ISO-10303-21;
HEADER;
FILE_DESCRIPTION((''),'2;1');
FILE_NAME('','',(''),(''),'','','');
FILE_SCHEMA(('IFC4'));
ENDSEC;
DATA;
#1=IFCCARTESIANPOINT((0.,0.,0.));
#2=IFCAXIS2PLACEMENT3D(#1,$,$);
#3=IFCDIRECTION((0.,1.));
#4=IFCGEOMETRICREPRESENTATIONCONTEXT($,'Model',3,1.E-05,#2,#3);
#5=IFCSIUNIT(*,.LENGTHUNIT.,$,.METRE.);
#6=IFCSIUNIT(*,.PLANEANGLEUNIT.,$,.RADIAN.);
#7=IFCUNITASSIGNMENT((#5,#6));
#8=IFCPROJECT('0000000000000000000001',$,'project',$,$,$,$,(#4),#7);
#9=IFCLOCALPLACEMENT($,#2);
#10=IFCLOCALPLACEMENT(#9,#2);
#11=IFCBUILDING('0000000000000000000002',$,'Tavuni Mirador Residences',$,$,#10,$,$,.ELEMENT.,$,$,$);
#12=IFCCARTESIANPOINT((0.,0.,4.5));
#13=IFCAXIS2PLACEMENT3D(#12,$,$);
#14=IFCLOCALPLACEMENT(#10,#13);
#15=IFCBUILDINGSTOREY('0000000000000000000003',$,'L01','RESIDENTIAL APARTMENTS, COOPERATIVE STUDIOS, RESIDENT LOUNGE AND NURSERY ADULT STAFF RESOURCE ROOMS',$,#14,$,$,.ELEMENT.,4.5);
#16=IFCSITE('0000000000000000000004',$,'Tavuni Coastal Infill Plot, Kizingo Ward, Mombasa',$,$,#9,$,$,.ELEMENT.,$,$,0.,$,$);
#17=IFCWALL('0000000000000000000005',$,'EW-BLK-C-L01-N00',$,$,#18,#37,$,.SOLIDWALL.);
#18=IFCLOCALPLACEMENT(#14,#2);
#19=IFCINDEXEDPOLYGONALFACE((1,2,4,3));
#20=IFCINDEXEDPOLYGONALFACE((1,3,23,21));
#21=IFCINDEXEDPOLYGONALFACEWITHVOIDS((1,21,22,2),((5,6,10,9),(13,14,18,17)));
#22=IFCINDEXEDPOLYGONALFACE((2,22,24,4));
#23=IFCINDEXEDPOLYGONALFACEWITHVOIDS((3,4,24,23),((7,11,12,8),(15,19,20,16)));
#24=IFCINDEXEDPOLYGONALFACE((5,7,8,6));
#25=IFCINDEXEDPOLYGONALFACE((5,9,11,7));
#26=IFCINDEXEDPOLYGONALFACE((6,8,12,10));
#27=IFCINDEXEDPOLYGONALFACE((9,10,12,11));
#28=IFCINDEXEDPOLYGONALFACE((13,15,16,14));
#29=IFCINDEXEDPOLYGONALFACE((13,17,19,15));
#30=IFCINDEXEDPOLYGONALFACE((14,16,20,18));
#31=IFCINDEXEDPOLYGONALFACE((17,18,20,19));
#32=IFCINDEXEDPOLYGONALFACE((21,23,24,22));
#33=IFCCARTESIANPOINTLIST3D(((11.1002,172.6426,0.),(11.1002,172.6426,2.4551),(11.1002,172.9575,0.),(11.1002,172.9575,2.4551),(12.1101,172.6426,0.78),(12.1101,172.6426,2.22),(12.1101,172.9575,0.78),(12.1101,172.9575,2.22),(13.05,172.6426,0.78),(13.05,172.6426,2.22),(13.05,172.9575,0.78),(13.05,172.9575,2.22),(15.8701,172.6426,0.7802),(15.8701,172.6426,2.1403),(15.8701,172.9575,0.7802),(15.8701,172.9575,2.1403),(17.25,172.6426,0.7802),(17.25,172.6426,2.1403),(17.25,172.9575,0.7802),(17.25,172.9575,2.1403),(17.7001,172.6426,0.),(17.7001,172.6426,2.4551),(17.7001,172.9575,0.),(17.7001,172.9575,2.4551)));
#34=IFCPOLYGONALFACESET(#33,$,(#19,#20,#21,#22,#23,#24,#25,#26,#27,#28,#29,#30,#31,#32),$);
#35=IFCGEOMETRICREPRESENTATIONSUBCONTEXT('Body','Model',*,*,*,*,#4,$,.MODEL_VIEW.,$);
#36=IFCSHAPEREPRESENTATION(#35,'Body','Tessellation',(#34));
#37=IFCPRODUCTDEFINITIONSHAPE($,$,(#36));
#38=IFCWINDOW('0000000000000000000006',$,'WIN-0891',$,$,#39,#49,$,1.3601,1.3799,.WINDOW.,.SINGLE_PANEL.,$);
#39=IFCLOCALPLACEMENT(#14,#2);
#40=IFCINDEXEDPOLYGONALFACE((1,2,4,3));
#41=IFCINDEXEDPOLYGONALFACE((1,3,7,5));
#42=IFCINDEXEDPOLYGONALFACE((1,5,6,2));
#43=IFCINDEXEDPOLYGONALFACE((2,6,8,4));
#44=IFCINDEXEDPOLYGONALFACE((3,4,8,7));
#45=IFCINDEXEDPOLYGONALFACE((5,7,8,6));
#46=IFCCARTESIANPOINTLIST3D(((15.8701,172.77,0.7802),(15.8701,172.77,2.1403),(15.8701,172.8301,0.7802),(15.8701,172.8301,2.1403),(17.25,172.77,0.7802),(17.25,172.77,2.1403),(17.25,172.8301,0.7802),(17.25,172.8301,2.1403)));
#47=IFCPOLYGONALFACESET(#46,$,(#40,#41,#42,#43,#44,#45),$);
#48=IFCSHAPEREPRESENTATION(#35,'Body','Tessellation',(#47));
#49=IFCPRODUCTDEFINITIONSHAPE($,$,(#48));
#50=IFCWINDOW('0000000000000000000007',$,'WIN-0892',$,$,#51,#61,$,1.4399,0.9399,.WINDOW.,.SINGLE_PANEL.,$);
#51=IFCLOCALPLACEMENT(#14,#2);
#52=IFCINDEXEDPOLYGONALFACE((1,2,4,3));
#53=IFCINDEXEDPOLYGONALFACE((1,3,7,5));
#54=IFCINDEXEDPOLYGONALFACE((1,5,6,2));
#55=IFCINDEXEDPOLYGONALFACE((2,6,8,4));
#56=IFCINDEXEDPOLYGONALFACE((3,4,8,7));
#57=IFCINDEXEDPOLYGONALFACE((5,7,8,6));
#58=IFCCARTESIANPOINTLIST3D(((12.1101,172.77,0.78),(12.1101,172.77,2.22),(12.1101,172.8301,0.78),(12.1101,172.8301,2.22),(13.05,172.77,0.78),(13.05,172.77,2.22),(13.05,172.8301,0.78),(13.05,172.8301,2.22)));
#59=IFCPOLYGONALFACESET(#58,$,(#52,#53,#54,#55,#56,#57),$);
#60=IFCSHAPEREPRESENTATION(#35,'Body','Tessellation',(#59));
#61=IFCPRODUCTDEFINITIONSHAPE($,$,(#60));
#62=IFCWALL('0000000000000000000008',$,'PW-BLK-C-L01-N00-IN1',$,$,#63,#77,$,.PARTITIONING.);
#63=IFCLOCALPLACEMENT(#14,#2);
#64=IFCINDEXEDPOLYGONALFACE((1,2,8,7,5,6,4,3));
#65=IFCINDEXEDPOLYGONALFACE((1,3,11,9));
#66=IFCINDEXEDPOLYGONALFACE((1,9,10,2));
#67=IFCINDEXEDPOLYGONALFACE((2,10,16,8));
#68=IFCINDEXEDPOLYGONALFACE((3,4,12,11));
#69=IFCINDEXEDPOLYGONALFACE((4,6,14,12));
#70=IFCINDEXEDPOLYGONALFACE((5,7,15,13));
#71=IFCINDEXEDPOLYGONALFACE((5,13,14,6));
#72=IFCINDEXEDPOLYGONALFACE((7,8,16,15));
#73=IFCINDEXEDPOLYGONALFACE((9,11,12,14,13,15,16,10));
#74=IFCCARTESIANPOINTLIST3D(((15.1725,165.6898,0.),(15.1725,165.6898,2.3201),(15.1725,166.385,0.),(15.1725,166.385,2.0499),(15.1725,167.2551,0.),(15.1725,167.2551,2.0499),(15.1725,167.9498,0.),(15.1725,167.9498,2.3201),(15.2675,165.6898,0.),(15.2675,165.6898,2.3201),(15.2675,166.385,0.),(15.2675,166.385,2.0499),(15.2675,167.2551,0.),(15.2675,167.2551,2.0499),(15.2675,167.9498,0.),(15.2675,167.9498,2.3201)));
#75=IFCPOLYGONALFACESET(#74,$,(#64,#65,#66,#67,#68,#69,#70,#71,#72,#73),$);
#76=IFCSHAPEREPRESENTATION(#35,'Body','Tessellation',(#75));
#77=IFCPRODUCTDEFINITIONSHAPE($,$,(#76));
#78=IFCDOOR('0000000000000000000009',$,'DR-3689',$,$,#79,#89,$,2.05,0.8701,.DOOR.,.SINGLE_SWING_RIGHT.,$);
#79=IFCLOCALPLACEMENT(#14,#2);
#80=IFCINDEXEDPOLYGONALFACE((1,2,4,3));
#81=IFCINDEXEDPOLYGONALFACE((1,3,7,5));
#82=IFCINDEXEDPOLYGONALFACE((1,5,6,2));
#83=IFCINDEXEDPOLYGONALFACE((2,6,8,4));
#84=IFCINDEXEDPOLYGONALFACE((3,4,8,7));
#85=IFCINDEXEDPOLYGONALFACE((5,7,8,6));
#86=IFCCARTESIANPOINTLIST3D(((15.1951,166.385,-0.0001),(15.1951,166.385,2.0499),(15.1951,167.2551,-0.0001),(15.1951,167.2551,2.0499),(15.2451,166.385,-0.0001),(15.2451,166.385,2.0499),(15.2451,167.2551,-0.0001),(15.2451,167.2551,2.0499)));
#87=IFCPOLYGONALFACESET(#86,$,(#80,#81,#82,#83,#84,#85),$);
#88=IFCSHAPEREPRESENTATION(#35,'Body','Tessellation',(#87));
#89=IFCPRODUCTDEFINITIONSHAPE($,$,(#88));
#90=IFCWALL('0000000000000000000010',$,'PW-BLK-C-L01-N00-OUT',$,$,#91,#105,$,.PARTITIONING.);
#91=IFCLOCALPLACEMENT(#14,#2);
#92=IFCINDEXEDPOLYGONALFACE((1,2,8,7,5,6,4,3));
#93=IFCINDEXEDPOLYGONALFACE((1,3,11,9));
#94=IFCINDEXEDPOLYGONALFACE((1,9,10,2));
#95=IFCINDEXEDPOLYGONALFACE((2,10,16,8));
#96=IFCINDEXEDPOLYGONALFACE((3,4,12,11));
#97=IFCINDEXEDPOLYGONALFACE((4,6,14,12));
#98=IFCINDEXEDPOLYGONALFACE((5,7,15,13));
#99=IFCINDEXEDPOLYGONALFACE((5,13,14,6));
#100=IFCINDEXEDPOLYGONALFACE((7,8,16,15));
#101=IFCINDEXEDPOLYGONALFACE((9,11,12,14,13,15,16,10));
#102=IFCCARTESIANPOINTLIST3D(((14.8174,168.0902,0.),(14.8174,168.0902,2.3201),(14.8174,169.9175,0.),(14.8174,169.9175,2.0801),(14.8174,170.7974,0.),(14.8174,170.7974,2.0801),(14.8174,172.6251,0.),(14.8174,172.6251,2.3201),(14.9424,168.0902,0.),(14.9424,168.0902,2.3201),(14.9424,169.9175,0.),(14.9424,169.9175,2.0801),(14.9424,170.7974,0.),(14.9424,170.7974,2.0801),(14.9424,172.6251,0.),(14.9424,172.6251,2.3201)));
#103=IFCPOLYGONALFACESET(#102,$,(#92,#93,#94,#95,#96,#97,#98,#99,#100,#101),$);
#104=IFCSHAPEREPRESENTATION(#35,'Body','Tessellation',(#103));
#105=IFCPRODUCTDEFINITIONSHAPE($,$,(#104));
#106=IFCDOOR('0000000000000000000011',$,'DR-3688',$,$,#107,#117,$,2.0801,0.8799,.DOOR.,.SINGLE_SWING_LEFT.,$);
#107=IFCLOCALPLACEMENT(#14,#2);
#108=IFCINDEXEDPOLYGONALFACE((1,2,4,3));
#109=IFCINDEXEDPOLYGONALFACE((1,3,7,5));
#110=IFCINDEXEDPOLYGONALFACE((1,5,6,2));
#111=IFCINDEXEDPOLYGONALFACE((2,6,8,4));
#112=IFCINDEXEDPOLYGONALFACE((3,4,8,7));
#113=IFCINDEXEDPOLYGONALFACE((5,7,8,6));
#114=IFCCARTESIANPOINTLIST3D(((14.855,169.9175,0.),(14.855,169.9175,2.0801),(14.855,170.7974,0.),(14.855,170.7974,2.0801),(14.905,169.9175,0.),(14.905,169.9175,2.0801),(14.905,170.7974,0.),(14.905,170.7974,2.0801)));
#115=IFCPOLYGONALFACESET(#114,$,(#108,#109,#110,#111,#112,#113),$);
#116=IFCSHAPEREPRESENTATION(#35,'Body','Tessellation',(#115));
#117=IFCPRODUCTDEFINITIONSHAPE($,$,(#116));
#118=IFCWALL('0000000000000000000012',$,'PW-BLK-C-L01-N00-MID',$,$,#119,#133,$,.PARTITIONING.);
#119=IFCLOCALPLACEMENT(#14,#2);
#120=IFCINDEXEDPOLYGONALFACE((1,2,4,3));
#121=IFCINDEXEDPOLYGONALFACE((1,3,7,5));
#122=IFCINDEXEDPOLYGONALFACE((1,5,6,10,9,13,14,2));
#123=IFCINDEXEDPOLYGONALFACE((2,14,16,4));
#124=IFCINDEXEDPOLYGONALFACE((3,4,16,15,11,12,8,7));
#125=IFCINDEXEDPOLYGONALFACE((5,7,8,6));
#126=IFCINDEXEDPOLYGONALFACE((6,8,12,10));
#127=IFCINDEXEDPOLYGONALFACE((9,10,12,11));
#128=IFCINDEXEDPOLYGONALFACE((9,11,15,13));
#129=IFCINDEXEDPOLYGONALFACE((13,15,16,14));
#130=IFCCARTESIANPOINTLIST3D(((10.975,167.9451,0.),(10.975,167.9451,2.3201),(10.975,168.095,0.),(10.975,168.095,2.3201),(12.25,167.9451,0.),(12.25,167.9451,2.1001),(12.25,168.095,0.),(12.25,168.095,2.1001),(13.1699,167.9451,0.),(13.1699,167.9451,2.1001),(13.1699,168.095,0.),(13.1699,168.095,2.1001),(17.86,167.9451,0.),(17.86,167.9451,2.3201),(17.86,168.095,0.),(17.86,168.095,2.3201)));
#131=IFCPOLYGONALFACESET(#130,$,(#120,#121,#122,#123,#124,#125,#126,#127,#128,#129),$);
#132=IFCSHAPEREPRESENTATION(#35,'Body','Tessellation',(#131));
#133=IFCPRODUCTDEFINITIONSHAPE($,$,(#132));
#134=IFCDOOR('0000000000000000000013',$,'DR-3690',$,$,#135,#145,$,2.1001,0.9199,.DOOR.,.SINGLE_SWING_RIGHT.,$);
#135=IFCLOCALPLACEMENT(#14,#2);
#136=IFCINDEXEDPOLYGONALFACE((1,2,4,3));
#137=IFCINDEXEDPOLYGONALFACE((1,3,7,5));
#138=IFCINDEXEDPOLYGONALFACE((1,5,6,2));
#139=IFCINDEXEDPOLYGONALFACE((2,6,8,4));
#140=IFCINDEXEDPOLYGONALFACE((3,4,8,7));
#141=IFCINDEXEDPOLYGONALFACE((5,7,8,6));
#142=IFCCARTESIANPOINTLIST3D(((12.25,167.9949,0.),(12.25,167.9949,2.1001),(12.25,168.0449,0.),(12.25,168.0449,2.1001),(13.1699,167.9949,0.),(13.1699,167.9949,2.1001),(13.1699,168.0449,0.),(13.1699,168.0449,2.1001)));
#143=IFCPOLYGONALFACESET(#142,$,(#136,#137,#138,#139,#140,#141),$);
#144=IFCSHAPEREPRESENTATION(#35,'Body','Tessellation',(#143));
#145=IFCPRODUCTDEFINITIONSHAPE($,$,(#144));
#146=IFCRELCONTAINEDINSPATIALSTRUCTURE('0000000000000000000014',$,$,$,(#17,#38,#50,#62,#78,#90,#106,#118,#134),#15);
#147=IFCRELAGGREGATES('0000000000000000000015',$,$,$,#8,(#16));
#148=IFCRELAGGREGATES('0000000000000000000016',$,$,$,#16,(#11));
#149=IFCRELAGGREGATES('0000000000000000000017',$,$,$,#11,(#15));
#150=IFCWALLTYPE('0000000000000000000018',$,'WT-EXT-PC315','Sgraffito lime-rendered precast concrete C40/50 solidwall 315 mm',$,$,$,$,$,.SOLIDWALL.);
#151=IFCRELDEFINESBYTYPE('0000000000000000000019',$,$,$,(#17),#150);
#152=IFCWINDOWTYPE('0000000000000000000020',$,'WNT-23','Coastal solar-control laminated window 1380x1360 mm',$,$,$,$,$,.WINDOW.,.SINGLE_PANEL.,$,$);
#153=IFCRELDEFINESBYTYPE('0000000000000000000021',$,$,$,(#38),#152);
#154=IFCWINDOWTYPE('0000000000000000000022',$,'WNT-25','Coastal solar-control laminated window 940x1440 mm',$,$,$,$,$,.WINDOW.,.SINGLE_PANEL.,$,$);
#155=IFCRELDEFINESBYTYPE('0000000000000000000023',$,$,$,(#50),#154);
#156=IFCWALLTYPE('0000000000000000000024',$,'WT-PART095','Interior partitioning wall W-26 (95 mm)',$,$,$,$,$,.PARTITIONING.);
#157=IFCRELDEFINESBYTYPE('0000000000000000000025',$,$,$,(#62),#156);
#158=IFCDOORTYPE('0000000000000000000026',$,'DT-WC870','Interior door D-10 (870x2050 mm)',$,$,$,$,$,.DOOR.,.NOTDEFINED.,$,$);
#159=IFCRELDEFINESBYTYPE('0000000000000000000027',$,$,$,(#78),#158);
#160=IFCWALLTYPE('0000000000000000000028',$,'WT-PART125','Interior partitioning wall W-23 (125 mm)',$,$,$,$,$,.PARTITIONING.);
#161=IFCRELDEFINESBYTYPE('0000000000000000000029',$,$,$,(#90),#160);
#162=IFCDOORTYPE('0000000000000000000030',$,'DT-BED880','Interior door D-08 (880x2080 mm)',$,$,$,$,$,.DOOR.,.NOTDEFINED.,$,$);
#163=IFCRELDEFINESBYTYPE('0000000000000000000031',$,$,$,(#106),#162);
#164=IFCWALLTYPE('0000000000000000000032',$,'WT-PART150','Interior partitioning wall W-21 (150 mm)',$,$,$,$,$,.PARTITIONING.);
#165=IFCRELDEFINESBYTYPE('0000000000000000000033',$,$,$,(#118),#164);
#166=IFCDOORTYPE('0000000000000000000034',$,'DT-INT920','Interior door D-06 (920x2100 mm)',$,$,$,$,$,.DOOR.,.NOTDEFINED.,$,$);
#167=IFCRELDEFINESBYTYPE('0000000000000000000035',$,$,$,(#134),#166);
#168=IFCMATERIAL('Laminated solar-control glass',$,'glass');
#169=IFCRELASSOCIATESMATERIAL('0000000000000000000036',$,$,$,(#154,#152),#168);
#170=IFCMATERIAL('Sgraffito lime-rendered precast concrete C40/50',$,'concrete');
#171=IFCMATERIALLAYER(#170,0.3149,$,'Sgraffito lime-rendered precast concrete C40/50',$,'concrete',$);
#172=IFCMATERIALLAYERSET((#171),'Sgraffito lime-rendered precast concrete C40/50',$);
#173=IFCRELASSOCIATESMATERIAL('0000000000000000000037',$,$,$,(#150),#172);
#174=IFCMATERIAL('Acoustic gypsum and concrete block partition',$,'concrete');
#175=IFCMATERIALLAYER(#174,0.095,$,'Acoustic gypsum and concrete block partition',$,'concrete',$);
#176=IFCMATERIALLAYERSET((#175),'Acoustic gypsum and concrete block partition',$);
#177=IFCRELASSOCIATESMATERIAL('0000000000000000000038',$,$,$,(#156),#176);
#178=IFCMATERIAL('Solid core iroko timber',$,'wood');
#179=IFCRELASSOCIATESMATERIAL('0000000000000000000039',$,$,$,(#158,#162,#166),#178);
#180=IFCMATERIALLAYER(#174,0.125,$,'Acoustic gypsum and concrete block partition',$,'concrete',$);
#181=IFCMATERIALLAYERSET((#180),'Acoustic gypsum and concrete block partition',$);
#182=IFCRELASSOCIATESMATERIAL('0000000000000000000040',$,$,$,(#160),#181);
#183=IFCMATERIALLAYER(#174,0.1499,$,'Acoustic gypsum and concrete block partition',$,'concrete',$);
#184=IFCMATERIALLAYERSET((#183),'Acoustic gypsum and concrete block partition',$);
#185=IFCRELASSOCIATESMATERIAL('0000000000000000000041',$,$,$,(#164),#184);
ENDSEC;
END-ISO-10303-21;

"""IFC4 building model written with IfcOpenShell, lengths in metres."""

from ifc_helpers import new_model, si_unit, direction, frame, frame_2d, origin, place, context, subcontext, project, spatial, rectangle, extrude, material, layer, layer_set, type_object, element, fill, save


model = new_model("IFC4")

# Units and contexts
model_context = context("Model", 3, precision=1e-05, world=origin(), true_north=direction((0.0, 1.0)))
body_context = subcontext(model_context, "Body", "Model", "MODEL_VIEW")
ifc_project = project(units=[si_unit("LENGTHUNIT", "METRE"), si_unit("PLANEANGLEUNIT", "RADIAN")], contexts=[model_context])

# Site, building, storey
site_placement = place(None, origin())
site = spatial("IfcSite", under=ifc_project, at=site_placement, Name="Tavuni Coastal Infill Plot, Kizingo Ward, Mombasa", CompositionType="ELEMENT", RefElevation=0.0)
building_placement = place(site_placement, origin())
building = spatial("IfcBuilding", under=site, at=building_placement, Name="Tavuni Mirador Residences", CompositionType="ELEMENT")
storey_placement = place(building_placement, frame((0.0, 0.0, 4.5)))
storey = spatial("IfcBuildingStorey", under=building, at=storey_placement, Name="L01", Description="RESIDENTIAL APARTMENTS, COOPERATIVE STUDIOS, RESIDENT LOUNGE AND NURSERY ADULT STAFF RESOURCE ROOMS", CompositionType="ELEMENT", Elevation=4.5)

# Shared definitions
ifc_material_1 = material(Name="Solid core iroko timber", Category="wood")

# Wall, openings, windows
ifc_material_2 = material(Name="Sgraffito lime-rendered precast concrete C40/50", Category="concrete")
ifc_material_3 = material(Name="Laminated solar-control glass", Category="glass")
window_type_1 = type_object("IfcWindowType", Name="WNT-25", Description="Coastal solar-control laminated window 940x1440 mm", PartitioningType="SINGLE_PANEL", PredefinedType="WINDOW", material=ifc_material_3)
ifc_layer_1 = layer(ifc_material_2, 0.3149, Name="Sgraffito lime-rendered precast concrete C40/50", Category="concrete")
ifc_layer_set_1 = layer_set([ifc_layer_1], Name="Sgraffito lime-rendered precast concrete C40/50")
wall_type_1 = type_object("IfcWallType", Name="WT-EXT-PC315", Description="Sgraffito lime-rendered precast concrete C40/50 solidwall 315 mm", PredefinedType="SOLIDWALL", material=ifc_layer_set_1)
wall_1_placement = place(storey_placement, frame((17.7, 172.8, 0.0), z_axis=(0.0, 0.0, 1.0), x_axis=(-1.0, 0.0, 0.0)))
wall_1 = element("IfcWall", 1, at=wall_1_placement, inside=storey, type_object=wall_type_1, Name="EW-BLK-C-L01-N00", PredefinedType="SOLIDWALL", context=body_context, shape_type="SweptSolid", body=[
    extrude(rectangle(XDim=6.5999, YDim=0.3149, at=frame_2d((3.2998, 0.0))), origin(), (0.0, 0.0, 1.0), 2.4551),
])
opening_1_placement = place(wall_1_placement, frame((0.45, 0.0, 0.78)))
opening_1 = element("IfcOpeningElement", 2, at=opening_1_placement, cuts=wall_1, PredefinedType="OPENING", context=body_context, shape_type="SweptSolid", body=[
    extrude(rectangle(XDim=1.3799, YDim=1.3601, at=frame_2d((0.6899, 0.6802))), frame((0.0, 0.1675, 0.0), z_axis=(0.0, -1.0, 0.0), x_axis=(1.0, 0.0, 0.0)), (0.0, 0.0, 1.0), 0.335),
])
opening_2_placement = place(wall_1_placement, frame((4.6499, 0.0, 0.78)))
opening_2 = element("IfcOpeningElement", 3, at=opening_2_placement, cuts=wall_1, PredefinedType="OPENING", context=body_context, shape_type="SweptSolid", body=[
    extrude(rectangle(XDim=0.9399, YDim=1.4399, at=frame_2d((0.47, 0.72))), frame((0.0, 0.1675, 0.0), z_axis=(0.0, -1.0, 0.0), x_axis=(1.0, 0.0, 0.0)), (0.0, 0.0, 1.0), 0.335),
])
window_type_2 = type_object("IfcWindowType", Name="WNT-23", Description="Coastal solar-control laminated window 1380x1360 mm", PartitioningType="SINGLE_PANEL", PredefinedType="WINDOW", material=ifc_material_3)
window_1_placement = place(opening_1_placement, origin())
window_1 = element("IfcWindow", 4, at=window_1_placement, inside=storey, type_object=window_type_2, Name="WIN-0891", OverallHeight=1.3601, OverallWidth=1.3799, PartitioningType="SINGLE_PANEL", PredefinedType="WINDOW", context=body_context, shape_type="SweptSolid", body=[
    extrude(rectangle(XDim=1.3799, YDim=1.3601, at=frame_2d((0.6899, 0.6802))), frame((0.0, 0.03, 0.0), z_axis=(0.0, -1.0, 0.0), x_axis=(1.0, 0.0, 0.0)), (0.0, 0.0, 1.0), 0.0601),
])
fill(opening_1, window_1)
window_2_placement = place(opening_2_placement, origin())
window_2 = element("IfcWindow", 5, at=window_2_placement, inside=storey, type_object=window_type_1, Name="WIN-0892", OverallHeight=1.4399, OverallWidth=0.9399, PartitioningType="SINGLE_PANEL", PredefinedType="WINDOW", context=body_context, shape_type="SweptSolid", body=[
    extrude(rectangle(XDim=0.9399, YDim=1.4399, at=frame_2d((0.47, 0.72))), frame((0.0, 0.03, 0.0), z_axis=(0.0, -1.0, 0.0), x_axis=(1.0, 0.0, 0.0)), (0.0, 0.0, 1.0), 0.0601),
])
fill(opening_2, window_2)

# Walls, openings, doors
ifc_material_4 = material(Name="Acoustic gypsum and concrete block partition", Category="concrete")
ifc_layer_2 = layer(ifc_material_4, 0.095, Name="Acoustic gypsum and concrete block partition", Category="concrete")
ifc_layer_set_2 = layer_set([ifc_layer_2], Name="Acoustic gypsum and concrete block partition")
wall_type_2 = type_object("IfcWallType", Name="WT-PART095", Description="Interior partitioning wall W-26 (95 mm)", PredefinedType="PARTITIONING", material=ifc_layer_set_2)
wall_2_placement = place(storey_placement, frame((15.22, 165.6899, 0.0), z_axis=(0.0, 0.0, 1.0), x_axis=(0.0, 1.0, 0.0)))
wall_2 = element("IfcWall", 6, at=wall_2_placement, inside=storey, type_object=wall_type_2, Name="PW-BLK-C-L01-N00-IN1", PredefinedType="PARTITIONING", context=body_context, shape_type="SweptSolid", body=[
    extrude(rectangle(XDim=2.26, YDim=0.095, at=frame_2d((1.1299, 0.0))), origin(), (0.0, 0.0, 1.0), 2.3201),
])
opening_3_placement = place(wall_2_placement, frame((0.6951, 0.0, 0.0)))
opening_3 = element("IfcOpeningElement", 7, at=opening_3_placement, cuts=wall_2, PredefinedType="OPENING", context=body_context, shape_type="SweptSolid", body=[
    extrude(rectangle(XDim=0.8701, YDim=2.05, at=frame_2d((0.4351, 1.0249))), frame((0.0, 0.0576, 0.0), z_axis=(0.0, -1.0, 0.0), x_axis=(1.0, 0.0, 0.0)), (0.0, 0.0, 1.0), 0.115),
])
door_type_1 = type_object("IfcDoorType", Name="DT-WC870", Description="Interior door D-10 (870x2050 mm)", OperationType="NOTDEFINED", PredefinedType="DOOR", material=ifc_material_1)
door_1_placement = place(opening_3_placement, origin())
door_1 = element("IfcDoor", 8, at=door_1_placement, inside=storey, type_object=door_type_1, Name="DR-3689", OperationType="SINGLE_SWING_RIGHT", OverallHeight=2.05, OverallWidth=0.8701, PredefinedType="DOOR", context=body_context, shape_type="SweptSolid", body=[
    extrude(rectangle(XDim=0.8701, YDim=2.05, at=frame_2d((0.4351, 1.0249))), frame((0.0, 0.0249, 0.0), z_axis=(0.0, -1.0, 0.0), x_axis=(1.0, 0.0, 0.0)), (0.0, 0.0, 1.0), 0.05),
])
fill(opening_3, door_1)
ifc_layer_3 = layer(ifc_material_4, 0.125, Name="Acoustic gypsum and concrete block partition", Category="concrete")
ifc_layer_set_3 = layer_set([ifc_layer_3], Name="Acoustic gypsum and concrete block partition")
wall_type_3 = type_object("IfcWallType", Name="WT-PART125", Description="Interior partitioning wall W-23 (125 mm)", PredefinedType="PARTITIONING", material=ifc_layer_set_3)
wall_3_placement = place(storey_placement, frame((14.8799, 168.0901, 0.0), z_axis=(0.0, 0.0, 1.0), x_axis=(0.0, 1.0, 0.0)))
wall_3 = element("IfcWall", 9, at=wall_3_placement, inside=storey, type_object=wall_type_3, Name="PW-BLK-C-L01-N00-OUT", PredefinedType="PARTITIONING", context=body_context, shape_type="SweptSolid", body=[
    extrude(rectangle(XDim=4.5349, YDim=0.125, at=frame_2d((2.2676, 0.0))), origin(), (0.0, 0.0, 1.0), 2.3201),
])
opening_4_placement = place(wall_3_placement, frame((1.8274, 0.0, 0.0)))
opening_4 = element("IfcOpeningElement", 10, at=opening_4_placement, cuts=wall_3, PredefinedType="OPENING", context=body_context, shape_type="SweptSolid", body=[
    extrude(rectangle(XDim=0.8799, YDim=2.0801, at=frame_2d((0.4399, 1.04))), frame((0.0, 0.0725, 0.0), z_axis=(0.0, -1.0, 0.0), x_axis=(1.0, 0.0, 0.0)), (0.0, 0.0, 1.0), 0.145),
])
door_type_2 = type_object("IfcDoorType", Name="DT-BED880", Description="Interior door D-08 (880x2080 mm)", OperationType="NOTDEFINED", PredefinedType="DOOR", material=ifc_material_1)
door_2_placement = place(opening_4_placement, origin())
door_2 = element("IfcDoor", 11, at=door_2_placement, inside=storey, type_object=door_type_2, Name="DR-3688", OperationType="SINGLE_SWING_LEFT", OverallHeight=2.0801, OverallWidth=0.8799, PredefinedType="DOOR", context=body_context, shape_type="SweptSolid", body=[
    extrude(rectangle(XDim=0.8799, YDim=2.0801, at=frame_2d((0.4399, 1.04))), frame((0.0, 0.0249, 0.0), z_axis=(0.0, -1.0, 0.0), x_axis=(1.0, 0.0, 0.0)), (0.0, 0.0, 1.0), 0.05),
])
fill(opening_4, door_2)
ifc_layer_4 = layer(ifc_material_4, 0.1499, Name="Acoustic gypsum and concrete block partition", Category="concrete")
ifc_layer_set_4 = layer_set([ifc_layer_4], Name="Acoustic gypsum and concrete block partition")
wall_type_4 = type_object("IfcWallType", Name="WT-PART150", Description="Interior partitioning wall W-21 (150 mm)", PredefinedType="PARTITIONING", material=ifc_layer_set_4)
wall_4_placement = place(storey_placement, frame((10.9751, 168.02, 0.0), z_axis=(0.0, 0.0, 1.0), x_axis=(1.0, 0.0, 0.0)))
wall_4 = element("IfcWall", 12, at=wall_4_placement, inside=storey, type_object=wall_type_4, Name="PW-BLK-C-L01-N00-MID", PredefinedType="PARTITIONING", context=body_context, shape_type="SweptSolid", body=[
    extrude(rectangle(XDim=6.885, YDim=0.1499, at=frame_2d((3.4424, 0.0))), origin(), (0.0, 0.0, 1.0), 2.3201),
])
opening_5_placement = place(wall_4_placement, frame((1.2749, 0.0, 0.0)))
opening_5 = element("IfcOpeningElement", 13, at=opening_5_placement, cuts=wall_4, PredefinedType="OPENING", context=body_context, shape_type="SweptSolid", body=[
    extrude(rectangle(XDim=0.9199, YDim=2.1001, at=frame_2d((0.46, 1.05))), frame((0.0, 0.085, 0.0), z_axis=(0.0, -1.0, 0.0), x_axis=(1.0, 0.0, 0.0)), (0.0, 0.0, 1.0), 0.1699),
])
door_type_3 = type_object("IfcDoorType", Name="DT-INT920", Description="Interior door D-06 (920x2100 mm)", OperationType="NOTDEFINED", PredefinedType="DOOR", material=ifc_material_1)
door_3_placement = place(opening_5_placement, origin())
door_3 = element("IfcDoor", 14, at=door_3_placement, inside=storey, type_object=door_type_3, Name="DR-3690", OperationType="SINGLE_SWING_RIGHT", OverallHeight=2.1001, OverallWidth=0.9199, PredefinedType="DOOR", context=body_context, shape_type="SweptSolid", body=[
    extrude(rectangle(XDim=0.9199, YDim=2.1001, at=frame_2d((0.46, 1.05))), frame((0.0, 0.0249, 0.0), z_axis=(0.0, -1.0, 0.0), x_axis=(1.0, 0.0, 0.0)), (0.0, 0.0, 1.0), 0.05),
])
fill(opening_5, door_3)

save(model, "model.ifc")
